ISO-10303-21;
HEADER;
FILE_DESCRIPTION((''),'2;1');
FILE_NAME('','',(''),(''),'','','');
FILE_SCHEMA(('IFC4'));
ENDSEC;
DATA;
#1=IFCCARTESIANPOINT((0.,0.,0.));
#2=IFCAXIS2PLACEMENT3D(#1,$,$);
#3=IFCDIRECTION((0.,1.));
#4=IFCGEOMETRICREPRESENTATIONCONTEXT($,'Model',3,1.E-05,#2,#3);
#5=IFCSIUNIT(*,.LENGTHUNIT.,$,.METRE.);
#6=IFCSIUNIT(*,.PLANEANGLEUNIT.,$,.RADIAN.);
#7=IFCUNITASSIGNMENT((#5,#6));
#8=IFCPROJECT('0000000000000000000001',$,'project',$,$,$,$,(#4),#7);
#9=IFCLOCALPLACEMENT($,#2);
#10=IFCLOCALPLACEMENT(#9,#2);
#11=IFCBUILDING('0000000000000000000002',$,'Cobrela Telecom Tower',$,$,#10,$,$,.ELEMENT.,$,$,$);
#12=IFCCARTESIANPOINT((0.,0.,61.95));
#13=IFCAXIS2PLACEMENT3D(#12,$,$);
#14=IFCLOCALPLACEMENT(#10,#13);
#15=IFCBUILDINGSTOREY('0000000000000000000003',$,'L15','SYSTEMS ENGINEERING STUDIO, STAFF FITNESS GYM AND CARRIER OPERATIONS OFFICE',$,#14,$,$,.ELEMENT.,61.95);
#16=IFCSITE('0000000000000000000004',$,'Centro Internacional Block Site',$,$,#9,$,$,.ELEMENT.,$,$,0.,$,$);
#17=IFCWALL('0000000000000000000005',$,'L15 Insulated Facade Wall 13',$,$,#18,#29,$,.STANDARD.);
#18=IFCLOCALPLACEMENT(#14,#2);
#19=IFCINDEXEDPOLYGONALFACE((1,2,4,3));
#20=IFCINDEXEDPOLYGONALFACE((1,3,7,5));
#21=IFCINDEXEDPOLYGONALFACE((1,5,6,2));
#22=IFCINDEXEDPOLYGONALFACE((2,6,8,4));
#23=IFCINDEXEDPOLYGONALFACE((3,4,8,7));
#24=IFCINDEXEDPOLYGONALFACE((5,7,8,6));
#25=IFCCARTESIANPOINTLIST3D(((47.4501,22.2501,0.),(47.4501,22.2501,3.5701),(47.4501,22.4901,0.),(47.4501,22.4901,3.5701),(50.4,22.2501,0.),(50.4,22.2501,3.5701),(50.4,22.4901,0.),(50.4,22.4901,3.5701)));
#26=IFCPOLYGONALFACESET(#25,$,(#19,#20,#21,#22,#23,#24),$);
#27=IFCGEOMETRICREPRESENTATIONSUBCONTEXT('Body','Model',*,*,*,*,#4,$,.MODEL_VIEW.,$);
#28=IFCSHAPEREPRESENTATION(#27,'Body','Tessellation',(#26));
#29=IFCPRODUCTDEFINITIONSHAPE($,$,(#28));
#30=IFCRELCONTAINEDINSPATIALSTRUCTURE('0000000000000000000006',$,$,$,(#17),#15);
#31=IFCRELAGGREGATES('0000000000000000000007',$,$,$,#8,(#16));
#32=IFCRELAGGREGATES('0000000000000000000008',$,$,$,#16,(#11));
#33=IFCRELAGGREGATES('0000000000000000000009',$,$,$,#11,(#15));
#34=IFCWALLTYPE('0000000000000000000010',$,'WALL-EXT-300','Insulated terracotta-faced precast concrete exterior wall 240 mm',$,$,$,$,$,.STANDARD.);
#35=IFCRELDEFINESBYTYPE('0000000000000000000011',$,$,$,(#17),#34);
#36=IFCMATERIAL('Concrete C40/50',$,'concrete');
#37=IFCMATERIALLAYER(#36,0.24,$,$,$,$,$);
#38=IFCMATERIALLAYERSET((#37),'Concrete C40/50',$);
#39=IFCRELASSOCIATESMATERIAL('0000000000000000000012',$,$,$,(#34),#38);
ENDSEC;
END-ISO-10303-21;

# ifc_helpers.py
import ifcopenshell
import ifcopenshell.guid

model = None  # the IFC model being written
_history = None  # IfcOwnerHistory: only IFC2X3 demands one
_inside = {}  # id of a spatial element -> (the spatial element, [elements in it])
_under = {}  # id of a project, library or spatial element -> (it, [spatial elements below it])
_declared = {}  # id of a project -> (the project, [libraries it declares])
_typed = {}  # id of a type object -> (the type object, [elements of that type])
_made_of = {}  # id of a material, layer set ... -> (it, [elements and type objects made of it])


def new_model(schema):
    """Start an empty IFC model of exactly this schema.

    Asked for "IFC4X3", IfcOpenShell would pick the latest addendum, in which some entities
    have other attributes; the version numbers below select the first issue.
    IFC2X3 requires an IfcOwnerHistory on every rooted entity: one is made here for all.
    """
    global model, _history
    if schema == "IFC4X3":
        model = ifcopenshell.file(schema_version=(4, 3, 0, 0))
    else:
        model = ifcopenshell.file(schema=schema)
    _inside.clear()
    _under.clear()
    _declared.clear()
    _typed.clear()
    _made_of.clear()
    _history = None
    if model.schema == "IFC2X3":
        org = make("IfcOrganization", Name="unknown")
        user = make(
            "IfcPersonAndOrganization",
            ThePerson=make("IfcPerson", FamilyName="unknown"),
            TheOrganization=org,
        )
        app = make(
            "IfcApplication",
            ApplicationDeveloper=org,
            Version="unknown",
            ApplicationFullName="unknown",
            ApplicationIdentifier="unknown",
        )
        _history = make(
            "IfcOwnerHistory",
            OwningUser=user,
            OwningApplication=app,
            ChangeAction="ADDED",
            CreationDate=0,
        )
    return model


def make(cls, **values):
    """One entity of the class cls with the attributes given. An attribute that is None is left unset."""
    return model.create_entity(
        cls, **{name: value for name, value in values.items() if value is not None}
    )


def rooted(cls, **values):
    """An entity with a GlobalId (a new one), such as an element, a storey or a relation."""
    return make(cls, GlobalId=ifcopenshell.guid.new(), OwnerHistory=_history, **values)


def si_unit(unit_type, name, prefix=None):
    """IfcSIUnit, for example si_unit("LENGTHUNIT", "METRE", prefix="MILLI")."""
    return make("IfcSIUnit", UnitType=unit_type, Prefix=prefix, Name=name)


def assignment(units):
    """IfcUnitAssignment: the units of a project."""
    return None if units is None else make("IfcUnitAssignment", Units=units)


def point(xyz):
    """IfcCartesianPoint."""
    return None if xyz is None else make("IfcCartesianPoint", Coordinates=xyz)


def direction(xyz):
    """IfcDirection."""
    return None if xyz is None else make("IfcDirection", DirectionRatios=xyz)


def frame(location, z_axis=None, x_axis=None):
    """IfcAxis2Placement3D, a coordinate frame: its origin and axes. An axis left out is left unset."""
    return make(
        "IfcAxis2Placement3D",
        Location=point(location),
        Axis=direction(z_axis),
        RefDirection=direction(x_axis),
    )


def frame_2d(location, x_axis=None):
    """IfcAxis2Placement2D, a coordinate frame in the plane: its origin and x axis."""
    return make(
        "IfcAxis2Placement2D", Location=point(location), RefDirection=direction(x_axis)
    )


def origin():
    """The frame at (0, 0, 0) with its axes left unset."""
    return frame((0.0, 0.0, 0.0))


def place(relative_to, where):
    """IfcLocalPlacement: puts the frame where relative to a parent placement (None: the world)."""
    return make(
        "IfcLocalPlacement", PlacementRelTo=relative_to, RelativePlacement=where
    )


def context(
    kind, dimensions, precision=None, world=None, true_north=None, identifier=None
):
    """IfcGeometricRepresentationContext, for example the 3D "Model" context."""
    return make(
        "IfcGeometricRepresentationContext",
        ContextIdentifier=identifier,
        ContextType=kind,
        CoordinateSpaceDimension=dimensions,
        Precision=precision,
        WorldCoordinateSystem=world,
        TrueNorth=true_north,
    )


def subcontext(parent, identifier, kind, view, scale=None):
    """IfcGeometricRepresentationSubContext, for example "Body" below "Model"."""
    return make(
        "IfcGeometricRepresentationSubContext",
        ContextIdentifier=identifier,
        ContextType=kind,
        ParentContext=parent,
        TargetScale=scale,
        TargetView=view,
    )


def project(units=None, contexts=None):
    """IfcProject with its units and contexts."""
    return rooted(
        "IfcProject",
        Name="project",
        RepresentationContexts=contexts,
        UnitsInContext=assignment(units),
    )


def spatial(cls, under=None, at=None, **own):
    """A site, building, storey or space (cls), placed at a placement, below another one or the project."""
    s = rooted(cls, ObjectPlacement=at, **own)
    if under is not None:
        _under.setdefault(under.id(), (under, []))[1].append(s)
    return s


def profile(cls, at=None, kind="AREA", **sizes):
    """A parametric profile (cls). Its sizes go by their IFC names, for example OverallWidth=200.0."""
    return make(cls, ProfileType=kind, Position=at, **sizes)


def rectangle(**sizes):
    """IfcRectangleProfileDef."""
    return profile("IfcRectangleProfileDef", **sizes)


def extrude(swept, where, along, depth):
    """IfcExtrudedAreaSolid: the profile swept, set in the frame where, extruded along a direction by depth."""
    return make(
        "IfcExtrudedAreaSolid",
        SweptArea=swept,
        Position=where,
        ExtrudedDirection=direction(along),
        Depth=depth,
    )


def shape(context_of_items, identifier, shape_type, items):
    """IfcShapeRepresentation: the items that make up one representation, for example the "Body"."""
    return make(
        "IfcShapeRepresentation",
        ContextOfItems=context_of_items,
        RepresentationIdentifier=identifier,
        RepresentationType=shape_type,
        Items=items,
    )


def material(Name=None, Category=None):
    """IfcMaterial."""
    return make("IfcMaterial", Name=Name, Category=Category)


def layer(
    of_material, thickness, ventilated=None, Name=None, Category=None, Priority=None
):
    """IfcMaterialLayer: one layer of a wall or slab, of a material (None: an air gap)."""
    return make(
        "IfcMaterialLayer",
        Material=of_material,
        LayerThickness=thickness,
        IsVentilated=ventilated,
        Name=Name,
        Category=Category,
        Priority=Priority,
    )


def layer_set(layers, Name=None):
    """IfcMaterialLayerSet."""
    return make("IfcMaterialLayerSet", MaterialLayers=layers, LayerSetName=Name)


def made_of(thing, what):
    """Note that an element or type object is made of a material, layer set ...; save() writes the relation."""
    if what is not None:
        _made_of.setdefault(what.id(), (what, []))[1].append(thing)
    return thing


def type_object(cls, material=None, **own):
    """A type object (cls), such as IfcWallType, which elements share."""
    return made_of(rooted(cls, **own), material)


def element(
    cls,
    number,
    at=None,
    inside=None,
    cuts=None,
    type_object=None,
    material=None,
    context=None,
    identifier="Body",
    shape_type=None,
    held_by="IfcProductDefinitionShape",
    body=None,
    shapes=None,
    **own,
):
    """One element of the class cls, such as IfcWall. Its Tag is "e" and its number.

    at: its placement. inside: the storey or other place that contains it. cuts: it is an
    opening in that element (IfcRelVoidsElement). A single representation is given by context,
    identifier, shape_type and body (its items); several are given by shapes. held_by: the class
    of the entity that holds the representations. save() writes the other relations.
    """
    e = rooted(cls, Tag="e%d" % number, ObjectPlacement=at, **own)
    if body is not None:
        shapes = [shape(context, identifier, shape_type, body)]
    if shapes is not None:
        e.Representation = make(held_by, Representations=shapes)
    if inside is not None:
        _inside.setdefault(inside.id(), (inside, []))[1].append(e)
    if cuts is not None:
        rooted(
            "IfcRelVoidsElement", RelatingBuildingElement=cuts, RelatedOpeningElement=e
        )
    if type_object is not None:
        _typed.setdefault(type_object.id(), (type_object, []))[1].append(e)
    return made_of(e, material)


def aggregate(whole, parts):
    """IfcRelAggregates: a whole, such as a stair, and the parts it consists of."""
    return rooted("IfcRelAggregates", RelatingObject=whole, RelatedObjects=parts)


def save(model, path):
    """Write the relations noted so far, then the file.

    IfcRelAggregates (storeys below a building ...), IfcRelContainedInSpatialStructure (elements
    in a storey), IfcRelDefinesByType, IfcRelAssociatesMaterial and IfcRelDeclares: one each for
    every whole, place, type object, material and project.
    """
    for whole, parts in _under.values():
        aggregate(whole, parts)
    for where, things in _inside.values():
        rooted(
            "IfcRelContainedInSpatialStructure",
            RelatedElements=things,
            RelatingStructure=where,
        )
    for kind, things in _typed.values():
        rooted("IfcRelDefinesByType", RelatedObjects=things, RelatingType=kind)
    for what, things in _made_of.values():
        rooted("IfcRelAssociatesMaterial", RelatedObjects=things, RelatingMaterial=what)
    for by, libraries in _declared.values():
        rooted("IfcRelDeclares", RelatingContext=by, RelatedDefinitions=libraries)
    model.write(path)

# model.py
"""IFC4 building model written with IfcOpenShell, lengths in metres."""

from ifc_helpers import new_model, si_unit, direction, frame, frame_2d, origin, place, context, subcontext, project, spatial, rectangle, extrude, material, layer, layer_set, type_object, element, save


model = new_model("IFC4")

# Units and contexts
model_context = context("Model", 3, precision=1e-05, world=origin(), true_north=direction((0.0, 1.0)))
body_context = subcontext(model_context, "Body", "Model", "MODEL_VIEW")
ifc_project = project(units=[si_unit("LENGTHUNIT", "METRE"), si_unit("PLANEANGLEUNIT", "RADIAN")], contexts=[model_context])

# Site, building, storey
site_placement = place(None, origin())
site = spatial("IfcSite", under=ifc_project, at=site_placement, Name="Centro Internacional Block Site", CompositionType="ELEMENT", RefElevation=0.0)
building_placement = place(site_placement, origin())
building = spatial("IfcBuilding", under=site, at=building_placement, Name="Cobrela Telecom Tower", CompositionType="ELEMENT")
storey_placement = place(building_placement, frame((0.0, 0.0, 61.95)))
storey = spatial("IfcBuildingStorey", under=building, at=storey_placement, Name="L15", Description="SYSTEMS ENGINEERING STUDIO, STAFF FITNESS GYM AND CARRIER OPERATIONS OFFICE", CompositionType="ELEMENT", Elevation=61.95)

# Wall
ifc_material_1 = material(Name="Concrete C40/50", Category="concrete")
ifc_layer_1 = layer(ifc_material_1, 0.24)
ifc_layer_set_1 = layer_set([ifc_layer_1], Name="Concrete C40/50")
wall_type = type_object("IfcWallType", Name="WALL-EXT-300", Description="Insulated terracotta-faced precast concrete exterior wall 240 mm", PredefinedType="STANDARD", material=ifc_layer_set_1)
wall_1_placement = place(storey_placement, frame((47.45, 22.3701, 0.0), z_axis=(0.0, 0.0, 1.0), x_axis=(1.0, 0.0, 0.0)))
element("IfcWall", 1, at=wall_1_placement, inside=storey, type_object=wall_type, Name="L15 Insulated Facade Wall 13", PredefinedType="STANDARD", context=body_context, shape_type="SweptSolid", body=[
    extrude(rectangle(XDim=2.95, YDim=0.24, at=frame_2d((1.4751, 0.0))), origin(), (0.0, 0.0, 1.0), 3.5701),
])

save(model, "model.ifc")
